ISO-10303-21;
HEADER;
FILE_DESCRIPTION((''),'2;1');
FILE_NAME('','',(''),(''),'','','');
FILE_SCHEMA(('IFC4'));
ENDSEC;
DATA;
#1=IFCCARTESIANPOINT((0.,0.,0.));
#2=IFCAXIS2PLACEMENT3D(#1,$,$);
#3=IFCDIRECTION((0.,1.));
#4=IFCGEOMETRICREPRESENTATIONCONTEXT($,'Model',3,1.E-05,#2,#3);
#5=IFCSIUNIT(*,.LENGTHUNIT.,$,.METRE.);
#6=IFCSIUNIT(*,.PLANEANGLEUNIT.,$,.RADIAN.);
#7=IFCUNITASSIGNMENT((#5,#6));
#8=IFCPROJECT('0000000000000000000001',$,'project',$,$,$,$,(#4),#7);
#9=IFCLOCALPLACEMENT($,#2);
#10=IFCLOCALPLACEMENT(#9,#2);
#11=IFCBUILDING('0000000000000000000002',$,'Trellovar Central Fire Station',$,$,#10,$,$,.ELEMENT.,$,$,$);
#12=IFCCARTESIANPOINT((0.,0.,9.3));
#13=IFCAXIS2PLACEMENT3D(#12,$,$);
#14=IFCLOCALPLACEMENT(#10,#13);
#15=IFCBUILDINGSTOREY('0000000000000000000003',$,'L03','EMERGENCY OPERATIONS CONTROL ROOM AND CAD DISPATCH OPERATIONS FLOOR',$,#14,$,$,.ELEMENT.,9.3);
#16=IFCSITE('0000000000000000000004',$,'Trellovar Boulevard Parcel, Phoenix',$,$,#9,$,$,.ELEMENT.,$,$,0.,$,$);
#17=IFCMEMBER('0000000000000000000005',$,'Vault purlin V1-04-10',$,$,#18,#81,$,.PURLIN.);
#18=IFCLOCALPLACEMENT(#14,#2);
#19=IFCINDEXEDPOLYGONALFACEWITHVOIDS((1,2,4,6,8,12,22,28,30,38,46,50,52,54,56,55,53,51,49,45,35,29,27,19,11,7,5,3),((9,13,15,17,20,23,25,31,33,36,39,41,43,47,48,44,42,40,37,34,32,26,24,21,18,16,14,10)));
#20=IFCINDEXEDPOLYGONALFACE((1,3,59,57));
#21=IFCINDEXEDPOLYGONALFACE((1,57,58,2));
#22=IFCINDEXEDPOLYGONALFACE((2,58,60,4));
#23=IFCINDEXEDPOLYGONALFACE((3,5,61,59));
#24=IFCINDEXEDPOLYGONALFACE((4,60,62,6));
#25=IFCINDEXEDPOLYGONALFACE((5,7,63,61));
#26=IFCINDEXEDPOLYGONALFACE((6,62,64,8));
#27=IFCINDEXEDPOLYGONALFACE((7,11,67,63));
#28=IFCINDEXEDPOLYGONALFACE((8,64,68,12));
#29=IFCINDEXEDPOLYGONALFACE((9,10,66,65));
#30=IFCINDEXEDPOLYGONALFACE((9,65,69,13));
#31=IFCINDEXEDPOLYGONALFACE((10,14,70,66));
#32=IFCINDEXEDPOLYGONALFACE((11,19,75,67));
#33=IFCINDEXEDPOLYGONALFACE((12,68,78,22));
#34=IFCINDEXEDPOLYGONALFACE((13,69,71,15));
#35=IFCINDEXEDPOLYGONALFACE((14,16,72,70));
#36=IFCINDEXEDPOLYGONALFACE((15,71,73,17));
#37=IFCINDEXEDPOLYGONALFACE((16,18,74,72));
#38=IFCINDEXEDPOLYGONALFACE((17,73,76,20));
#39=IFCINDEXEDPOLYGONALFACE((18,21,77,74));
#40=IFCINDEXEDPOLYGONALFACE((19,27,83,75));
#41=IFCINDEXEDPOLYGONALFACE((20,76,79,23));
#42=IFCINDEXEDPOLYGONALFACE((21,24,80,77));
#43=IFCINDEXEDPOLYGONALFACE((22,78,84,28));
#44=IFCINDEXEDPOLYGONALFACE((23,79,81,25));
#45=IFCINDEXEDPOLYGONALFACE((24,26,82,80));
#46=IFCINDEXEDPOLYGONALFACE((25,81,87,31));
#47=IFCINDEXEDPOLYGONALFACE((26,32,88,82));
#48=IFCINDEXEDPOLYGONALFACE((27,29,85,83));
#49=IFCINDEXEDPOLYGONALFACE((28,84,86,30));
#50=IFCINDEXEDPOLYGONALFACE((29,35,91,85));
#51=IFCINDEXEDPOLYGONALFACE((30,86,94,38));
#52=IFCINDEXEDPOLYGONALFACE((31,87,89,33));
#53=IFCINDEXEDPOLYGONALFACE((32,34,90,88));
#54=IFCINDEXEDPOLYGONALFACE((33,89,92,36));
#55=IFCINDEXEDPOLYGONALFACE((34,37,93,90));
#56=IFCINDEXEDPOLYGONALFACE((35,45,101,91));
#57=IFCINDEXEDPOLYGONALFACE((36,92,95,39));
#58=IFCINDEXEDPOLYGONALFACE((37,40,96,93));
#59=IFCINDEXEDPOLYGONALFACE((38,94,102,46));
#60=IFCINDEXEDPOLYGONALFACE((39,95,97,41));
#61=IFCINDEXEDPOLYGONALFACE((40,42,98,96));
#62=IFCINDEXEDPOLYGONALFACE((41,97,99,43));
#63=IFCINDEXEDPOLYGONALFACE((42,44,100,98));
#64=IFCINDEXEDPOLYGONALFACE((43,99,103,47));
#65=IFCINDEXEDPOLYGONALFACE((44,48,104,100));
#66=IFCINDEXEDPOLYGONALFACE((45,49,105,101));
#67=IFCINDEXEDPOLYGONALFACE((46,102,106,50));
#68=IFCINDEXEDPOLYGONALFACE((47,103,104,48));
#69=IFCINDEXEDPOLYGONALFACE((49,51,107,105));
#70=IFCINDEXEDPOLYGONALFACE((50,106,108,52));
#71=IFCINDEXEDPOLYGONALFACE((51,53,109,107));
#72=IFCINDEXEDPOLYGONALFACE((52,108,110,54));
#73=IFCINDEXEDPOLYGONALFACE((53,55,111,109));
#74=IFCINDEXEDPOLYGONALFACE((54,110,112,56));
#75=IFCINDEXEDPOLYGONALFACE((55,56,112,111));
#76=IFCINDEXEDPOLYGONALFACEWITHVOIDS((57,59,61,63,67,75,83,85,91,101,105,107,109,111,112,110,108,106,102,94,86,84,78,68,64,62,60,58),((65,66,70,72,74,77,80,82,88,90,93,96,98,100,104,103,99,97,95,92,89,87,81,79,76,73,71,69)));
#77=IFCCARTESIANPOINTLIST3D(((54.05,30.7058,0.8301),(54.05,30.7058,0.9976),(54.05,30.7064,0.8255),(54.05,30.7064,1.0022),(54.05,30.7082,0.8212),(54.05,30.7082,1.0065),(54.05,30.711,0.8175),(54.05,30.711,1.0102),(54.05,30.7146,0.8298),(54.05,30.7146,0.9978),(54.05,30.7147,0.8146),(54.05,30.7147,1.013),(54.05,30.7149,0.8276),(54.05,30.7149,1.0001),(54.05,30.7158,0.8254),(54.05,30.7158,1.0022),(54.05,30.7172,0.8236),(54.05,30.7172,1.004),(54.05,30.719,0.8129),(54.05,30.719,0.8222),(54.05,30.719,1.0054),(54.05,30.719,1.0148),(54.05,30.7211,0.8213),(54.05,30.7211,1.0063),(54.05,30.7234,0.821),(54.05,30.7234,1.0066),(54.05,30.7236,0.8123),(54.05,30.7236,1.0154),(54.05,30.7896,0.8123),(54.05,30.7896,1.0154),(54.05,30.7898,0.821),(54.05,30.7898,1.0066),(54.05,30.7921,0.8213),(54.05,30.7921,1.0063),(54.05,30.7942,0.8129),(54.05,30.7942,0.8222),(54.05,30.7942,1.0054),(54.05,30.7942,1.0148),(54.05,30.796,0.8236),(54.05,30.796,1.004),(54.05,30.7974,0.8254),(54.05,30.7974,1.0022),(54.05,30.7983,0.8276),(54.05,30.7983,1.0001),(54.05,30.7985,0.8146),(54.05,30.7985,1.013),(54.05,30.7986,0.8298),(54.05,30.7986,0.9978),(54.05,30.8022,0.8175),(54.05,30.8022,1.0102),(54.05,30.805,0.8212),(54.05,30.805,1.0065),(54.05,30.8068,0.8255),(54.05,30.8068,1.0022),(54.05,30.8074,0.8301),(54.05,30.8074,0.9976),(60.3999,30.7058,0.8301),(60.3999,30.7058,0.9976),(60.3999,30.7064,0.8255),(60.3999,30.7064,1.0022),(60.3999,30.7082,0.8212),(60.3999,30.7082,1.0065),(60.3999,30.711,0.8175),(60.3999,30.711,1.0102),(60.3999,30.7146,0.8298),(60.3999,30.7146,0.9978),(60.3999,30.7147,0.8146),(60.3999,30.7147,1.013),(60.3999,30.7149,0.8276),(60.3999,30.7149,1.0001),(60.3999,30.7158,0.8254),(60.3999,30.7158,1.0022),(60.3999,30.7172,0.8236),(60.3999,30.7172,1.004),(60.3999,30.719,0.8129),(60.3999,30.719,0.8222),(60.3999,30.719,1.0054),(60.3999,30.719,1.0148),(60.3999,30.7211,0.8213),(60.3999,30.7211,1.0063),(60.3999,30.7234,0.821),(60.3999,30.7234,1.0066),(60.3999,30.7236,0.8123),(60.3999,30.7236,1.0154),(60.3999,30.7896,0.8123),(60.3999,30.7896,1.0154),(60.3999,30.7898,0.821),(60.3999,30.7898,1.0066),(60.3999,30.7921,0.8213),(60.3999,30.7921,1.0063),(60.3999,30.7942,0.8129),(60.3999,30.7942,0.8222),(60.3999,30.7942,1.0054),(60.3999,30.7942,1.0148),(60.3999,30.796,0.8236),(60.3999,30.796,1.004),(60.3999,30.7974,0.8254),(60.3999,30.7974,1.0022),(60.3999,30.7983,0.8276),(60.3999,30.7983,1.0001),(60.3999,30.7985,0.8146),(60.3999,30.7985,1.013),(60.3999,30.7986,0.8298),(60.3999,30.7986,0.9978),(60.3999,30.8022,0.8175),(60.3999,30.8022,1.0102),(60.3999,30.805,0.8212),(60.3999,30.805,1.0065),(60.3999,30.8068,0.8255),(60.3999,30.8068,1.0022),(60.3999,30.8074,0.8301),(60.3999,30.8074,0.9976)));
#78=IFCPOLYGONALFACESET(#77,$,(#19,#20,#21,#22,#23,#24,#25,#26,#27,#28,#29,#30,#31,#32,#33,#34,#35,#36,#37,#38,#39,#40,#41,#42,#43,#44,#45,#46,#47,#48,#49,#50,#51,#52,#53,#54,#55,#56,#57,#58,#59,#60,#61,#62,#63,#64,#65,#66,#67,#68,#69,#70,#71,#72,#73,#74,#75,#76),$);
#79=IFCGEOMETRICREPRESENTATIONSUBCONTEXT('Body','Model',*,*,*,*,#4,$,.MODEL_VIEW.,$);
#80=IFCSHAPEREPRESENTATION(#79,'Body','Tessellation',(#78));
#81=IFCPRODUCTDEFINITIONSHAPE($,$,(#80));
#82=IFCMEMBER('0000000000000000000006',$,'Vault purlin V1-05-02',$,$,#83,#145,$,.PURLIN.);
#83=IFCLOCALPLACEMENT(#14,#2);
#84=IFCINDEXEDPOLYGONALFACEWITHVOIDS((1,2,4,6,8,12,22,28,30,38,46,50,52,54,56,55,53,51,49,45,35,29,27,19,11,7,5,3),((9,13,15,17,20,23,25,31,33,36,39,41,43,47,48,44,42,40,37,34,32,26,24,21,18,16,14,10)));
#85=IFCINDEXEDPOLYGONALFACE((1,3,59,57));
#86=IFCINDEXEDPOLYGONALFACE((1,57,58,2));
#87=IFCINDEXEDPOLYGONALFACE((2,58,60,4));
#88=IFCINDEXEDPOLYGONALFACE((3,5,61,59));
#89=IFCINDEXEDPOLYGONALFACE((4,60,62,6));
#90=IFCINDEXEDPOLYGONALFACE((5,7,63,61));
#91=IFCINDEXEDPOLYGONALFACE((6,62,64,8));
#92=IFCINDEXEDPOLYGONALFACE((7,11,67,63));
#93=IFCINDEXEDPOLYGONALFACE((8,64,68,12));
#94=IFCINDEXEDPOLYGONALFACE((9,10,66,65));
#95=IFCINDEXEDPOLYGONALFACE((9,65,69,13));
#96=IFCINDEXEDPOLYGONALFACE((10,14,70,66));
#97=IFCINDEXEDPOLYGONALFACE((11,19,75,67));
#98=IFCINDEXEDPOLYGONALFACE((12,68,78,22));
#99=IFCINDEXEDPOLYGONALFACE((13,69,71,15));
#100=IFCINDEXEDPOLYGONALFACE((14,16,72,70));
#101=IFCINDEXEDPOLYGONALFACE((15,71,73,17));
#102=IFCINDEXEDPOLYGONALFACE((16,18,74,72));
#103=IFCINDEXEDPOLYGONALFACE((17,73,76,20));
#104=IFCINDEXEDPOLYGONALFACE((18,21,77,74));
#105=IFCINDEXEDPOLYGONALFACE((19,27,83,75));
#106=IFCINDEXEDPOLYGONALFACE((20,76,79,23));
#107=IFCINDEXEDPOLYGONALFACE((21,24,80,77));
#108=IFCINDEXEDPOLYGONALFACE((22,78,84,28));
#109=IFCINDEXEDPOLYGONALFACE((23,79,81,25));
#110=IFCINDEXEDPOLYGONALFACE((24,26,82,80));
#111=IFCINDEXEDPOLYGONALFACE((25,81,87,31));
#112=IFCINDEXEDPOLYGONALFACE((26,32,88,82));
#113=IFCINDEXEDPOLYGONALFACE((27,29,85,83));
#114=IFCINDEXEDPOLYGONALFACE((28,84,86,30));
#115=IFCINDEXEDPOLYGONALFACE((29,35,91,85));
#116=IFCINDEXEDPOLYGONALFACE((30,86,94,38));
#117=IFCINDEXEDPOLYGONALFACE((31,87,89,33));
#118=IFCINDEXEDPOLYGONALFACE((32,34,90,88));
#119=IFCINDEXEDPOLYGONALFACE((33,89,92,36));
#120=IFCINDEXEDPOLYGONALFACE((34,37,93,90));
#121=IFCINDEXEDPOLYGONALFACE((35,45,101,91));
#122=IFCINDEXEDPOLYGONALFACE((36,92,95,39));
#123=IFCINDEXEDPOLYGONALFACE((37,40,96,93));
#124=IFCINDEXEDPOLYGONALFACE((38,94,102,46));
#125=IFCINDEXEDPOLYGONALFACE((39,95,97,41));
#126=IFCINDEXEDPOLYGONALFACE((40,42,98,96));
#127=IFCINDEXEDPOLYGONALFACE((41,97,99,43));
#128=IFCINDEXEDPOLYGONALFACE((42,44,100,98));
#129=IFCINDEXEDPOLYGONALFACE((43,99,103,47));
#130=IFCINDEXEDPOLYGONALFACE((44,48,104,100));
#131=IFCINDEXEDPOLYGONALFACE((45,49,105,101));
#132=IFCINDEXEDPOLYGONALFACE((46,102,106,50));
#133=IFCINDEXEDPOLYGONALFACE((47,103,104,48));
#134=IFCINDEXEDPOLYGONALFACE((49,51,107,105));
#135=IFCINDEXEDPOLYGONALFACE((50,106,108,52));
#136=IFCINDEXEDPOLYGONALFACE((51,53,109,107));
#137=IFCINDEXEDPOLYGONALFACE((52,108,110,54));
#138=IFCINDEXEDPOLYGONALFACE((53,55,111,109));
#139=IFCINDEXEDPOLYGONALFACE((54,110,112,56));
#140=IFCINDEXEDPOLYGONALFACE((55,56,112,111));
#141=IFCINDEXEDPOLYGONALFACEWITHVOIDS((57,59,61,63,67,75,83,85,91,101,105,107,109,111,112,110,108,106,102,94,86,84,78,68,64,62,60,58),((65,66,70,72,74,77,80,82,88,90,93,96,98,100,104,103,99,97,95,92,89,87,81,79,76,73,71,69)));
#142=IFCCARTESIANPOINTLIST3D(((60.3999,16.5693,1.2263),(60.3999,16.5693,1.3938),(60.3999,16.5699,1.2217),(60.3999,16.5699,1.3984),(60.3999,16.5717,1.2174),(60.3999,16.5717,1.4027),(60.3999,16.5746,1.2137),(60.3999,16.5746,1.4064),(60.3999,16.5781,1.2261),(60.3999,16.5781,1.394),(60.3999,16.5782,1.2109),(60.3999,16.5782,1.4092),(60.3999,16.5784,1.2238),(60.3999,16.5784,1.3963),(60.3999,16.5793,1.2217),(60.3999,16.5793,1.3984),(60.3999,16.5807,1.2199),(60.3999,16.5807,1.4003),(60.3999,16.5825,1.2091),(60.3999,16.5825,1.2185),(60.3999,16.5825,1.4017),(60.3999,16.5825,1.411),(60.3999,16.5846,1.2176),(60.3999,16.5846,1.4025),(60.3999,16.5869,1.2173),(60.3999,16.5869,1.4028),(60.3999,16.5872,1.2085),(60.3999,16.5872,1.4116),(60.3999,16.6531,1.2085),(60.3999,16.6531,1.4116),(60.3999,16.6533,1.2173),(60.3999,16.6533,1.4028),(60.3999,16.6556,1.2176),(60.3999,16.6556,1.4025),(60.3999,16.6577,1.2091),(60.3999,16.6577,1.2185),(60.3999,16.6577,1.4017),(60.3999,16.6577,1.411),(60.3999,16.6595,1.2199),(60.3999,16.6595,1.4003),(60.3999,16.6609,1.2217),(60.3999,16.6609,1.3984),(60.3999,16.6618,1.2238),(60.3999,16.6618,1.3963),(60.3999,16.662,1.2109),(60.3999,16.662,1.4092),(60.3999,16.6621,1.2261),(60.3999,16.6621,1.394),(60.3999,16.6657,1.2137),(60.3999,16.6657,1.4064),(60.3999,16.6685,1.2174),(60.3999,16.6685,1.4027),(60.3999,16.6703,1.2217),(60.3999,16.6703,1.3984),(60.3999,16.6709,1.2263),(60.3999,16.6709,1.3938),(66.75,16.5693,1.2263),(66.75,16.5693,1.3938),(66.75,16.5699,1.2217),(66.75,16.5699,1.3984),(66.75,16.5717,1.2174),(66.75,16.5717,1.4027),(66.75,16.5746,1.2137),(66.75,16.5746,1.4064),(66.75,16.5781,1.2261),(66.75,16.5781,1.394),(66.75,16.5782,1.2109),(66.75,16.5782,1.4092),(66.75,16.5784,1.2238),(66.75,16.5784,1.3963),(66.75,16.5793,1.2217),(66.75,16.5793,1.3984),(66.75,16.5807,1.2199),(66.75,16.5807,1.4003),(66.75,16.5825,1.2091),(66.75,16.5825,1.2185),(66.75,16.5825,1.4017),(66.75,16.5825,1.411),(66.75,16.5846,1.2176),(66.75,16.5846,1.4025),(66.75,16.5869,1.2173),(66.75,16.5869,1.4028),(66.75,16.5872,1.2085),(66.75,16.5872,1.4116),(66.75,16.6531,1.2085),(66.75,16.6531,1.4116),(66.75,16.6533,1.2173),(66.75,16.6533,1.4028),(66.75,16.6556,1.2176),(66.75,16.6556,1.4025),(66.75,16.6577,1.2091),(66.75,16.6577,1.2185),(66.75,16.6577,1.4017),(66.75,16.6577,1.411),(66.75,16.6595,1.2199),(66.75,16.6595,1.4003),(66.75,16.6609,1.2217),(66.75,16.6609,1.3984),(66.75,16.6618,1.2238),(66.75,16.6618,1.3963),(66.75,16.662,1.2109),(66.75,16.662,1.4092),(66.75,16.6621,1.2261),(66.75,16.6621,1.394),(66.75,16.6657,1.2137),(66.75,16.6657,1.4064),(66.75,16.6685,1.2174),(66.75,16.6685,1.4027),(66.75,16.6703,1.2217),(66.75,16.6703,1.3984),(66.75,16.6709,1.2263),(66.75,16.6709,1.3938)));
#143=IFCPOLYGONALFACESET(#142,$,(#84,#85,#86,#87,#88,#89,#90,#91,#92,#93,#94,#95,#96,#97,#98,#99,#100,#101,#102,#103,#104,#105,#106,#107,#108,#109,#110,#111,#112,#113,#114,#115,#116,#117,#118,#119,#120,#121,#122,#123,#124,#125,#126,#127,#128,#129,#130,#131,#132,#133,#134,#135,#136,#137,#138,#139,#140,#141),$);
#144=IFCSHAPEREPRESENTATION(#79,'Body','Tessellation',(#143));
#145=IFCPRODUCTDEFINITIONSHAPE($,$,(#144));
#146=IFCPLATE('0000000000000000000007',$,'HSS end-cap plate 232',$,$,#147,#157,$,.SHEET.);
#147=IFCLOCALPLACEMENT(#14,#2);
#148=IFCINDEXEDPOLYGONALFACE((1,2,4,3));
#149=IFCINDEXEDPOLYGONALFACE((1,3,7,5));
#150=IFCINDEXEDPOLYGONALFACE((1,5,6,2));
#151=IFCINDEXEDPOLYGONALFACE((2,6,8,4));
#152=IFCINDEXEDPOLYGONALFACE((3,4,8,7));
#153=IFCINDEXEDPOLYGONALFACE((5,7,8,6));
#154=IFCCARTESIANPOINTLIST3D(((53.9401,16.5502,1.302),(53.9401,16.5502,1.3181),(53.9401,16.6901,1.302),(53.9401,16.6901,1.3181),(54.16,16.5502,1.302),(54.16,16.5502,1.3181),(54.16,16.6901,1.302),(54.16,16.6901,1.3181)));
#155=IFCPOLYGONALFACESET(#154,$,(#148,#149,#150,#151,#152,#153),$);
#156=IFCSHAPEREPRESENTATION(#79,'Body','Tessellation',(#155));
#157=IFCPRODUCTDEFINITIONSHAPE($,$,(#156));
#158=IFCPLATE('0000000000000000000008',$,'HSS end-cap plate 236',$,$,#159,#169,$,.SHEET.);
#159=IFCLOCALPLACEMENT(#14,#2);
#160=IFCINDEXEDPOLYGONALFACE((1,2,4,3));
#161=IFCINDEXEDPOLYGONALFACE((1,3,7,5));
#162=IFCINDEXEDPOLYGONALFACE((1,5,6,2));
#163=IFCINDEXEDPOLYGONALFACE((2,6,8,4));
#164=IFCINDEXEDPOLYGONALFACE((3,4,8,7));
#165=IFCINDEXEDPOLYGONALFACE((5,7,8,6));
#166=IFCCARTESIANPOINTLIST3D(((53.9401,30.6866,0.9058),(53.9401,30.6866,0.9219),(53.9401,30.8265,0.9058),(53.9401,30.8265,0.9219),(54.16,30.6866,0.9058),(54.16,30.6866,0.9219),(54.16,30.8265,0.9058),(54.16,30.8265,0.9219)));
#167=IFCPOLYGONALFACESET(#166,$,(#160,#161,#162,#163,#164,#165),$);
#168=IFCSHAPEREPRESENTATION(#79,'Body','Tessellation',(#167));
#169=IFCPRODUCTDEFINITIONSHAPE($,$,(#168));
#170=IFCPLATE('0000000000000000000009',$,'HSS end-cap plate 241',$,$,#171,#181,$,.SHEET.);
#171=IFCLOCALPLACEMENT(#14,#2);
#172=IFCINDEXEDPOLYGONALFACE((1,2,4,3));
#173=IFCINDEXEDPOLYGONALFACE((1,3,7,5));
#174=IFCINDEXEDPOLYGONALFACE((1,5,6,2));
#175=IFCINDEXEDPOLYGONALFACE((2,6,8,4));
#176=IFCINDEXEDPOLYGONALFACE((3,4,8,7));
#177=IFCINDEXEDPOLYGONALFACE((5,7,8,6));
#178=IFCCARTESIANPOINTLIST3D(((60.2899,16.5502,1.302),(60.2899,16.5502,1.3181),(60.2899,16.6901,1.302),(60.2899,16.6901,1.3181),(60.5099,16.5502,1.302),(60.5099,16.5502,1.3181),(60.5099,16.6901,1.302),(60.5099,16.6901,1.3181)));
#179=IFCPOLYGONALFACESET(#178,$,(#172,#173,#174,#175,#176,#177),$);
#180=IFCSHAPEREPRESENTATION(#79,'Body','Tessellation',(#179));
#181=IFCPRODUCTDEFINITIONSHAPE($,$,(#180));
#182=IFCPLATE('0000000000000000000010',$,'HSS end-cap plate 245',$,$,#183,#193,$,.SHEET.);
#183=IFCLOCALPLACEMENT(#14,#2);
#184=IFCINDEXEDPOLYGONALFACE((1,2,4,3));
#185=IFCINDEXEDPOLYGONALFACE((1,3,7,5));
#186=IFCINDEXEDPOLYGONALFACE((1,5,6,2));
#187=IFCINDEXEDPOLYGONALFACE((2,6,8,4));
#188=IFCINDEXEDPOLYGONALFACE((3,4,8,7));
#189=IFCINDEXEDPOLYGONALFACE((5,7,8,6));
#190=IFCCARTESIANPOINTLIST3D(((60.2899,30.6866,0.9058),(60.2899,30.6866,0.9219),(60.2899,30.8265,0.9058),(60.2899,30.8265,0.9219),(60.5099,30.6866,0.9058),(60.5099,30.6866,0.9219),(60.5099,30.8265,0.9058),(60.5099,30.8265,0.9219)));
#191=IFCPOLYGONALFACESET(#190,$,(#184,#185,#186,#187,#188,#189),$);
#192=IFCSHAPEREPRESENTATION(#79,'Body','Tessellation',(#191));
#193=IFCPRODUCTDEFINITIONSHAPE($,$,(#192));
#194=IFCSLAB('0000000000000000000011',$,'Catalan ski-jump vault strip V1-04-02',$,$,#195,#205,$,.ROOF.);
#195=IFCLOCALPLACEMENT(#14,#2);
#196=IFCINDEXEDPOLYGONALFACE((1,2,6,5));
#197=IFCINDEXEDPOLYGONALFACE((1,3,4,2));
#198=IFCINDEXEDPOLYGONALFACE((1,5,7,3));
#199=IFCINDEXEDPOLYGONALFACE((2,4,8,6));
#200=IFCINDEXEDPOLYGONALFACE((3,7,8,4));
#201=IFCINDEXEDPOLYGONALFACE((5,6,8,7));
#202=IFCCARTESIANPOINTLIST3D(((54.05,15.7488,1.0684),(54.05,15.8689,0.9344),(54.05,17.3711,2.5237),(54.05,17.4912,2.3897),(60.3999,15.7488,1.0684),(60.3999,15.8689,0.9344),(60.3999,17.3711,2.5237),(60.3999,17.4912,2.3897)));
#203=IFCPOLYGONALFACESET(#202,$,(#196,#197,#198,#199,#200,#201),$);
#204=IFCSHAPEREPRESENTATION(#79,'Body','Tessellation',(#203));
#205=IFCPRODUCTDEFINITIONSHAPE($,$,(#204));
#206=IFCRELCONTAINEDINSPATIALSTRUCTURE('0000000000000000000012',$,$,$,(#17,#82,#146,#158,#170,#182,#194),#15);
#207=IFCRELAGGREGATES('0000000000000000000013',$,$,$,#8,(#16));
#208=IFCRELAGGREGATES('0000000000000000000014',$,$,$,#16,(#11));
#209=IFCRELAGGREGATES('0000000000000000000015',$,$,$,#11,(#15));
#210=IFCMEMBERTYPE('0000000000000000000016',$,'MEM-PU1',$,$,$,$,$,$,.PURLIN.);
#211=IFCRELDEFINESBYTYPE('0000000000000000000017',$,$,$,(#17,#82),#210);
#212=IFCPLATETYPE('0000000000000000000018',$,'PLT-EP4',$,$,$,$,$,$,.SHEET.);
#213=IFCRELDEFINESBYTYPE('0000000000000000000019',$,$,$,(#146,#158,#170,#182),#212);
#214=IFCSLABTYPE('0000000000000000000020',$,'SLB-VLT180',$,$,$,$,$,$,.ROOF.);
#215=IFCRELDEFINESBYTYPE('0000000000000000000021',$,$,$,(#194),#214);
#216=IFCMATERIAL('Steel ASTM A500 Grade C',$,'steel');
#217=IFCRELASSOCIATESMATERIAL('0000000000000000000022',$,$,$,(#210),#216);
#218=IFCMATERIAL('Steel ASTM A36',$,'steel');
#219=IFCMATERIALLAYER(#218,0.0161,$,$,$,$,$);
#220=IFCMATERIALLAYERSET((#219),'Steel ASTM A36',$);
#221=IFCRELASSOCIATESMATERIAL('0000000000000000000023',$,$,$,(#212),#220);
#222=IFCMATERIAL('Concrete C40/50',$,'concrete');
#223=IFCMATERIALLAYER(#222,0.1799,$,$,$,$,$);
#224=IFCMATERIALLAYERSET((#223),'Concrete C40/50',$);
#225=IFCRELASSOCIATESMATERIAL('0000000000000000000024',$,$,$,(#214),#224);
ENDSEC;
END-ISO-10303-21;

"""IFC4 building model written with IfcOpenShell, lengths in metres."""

from ifc_helpers import new_model, si_unit, direction, frame, origin, origin_2d, place, context, subcontext, project, spatial, polyline, rectangle, hollow_rectangle, outline, extrude, material, layer, layer_set, material_profile, profile_set, type_object, element, save


model = new_model("IFC4")

# Units and contexts
model_context = context("Model", 3, precision=1e-05, world=origin(), true_north=direction((0.0, 1.0)))
body_context = subcontext(model_context, "Body", "Model", "MODEL_VIEW")
ifc_project = project(units=[si_unit("LENGTHUNIT", "METRE"), si_unit("PLANEANGLEUNIT", "RADIAN")], contexts=[model_context])

# Site, building, storey
site_placement = place(None, origin())
site = spatial("IfcSite", under=ifc_project, at=site_placement, Name="Trellovar Boulevard Parcel, Phoenix", CompositionType="ELEMENT", RefElevation=0.0)
building_placement = place(site_placement, origin())
building = spatial("IfcBuilding", under=site, at=building_placement, Name="Trellovar Central Fire Station", CompositionType="ELEMENT")
storey_placement = place(building_placement, frame((0.0, 0.0, 9.3)))
storey = spatial("IfcBuildingStorey", under=building, at=storey_placement, Name="L03", Description="EMERGENCY OPERATIONS CONTROL ROOM AND CAD DISPATCH OPERATIONS FLOOR", CompositionType="ELEMENT", Elevation=9.3)

# Members
ifc_material_1 = material(Name="Steel ASTM A500 Grade C", Category="steel")
ifc_material_profile_1 = material_profile(ifc_material_1, hollow_rectangle(XDim=0.1016, YDim=0.2031, WallThickness=0.0088, InnerFilletRadius=0.0088, OuterFilletRadius=0.0178, at=origin_2d()), Name="HSS8X4X3/8")
ifc_profile_set_1 = profile_set([ifc_material_profile_1], Name="Steel ASTM A500 Grade C")
member_type_1 = type_object("IfcMemberType", Name="MEM-PU1", PredefinedType="PURLIN", material=ifc_profile_set_1)
for number, where, z_axis, x_axis, name in (
    (1, (54.05, 30.7566, 0.9138), (1.0, 0.0, 0.0), (0.0, 1.0, 0.0), "Vault purlin V1-04-10"),
):
    element("IfcMember", number, at=place(storey_placement, frame(where, z_axis=z_axis, x_axis=x_axis)), inside=storey, type_object=member_type_1, Name=name, PredefinedType="PURLIN", context=body_context, shape_type="SweptSolid", body=[
        extrude(hollow_rectangle(XDim=0.1016, YDim=0.2031, WallThickness=0.0088, InnerFilletRadius=0.0088, OuterFilletRadius=0.0178, at=origin_2d()), origin(), (0.0, 0.0, 1.0), 6.3499),
    ])
member_1_placement = place(storey_placement, frame((60.3999, 16.6201, 1.3101), z_axis=(1.0, 0.0, 0.0), x_axis=(0.0, 1.0, 0.0)))
element("IfcMember", 2, at=member_1_placement, inside=storey, type_object=member_type_1, Name="Vault purlin V1-05-02", PredefinedType="PURLIN", context=body_context, shape_type="SweptSolid", body=[
    extrude(hollow_rectangle(XDim=0.1016, YDim=0.2031, WallThickness=0.0088, InnerFilletRadius=0.0088, OuterFilletRadius=0.0178, at=origin_2d()), origin(), (0.0, 0.0, 1.0), 6.3501),
])

# Plates
ifc_material_2 = material(Name="Steel ASTM A36", Category="steel")
ifc_layer_1 = layer(ifc_material_2, 0.0161)
ifc_layer_set_1 = layer_set([ifc_layer_1], Name="Steel ASTM A36")
plate_type = type_object("IfcPlateType", Name="PLT-EP4", PredefinedType="SHEET", material=ifc_layer_set_1)
for number, where, z_axis, x_axis, name in (
    (3, (54.05, 16.6201, 1.302), (0.0, 0.0, 1.0), (1.0, 0.0, 0.0), "HSS end-cap plate 232"),
    (4, (54.05, 30.7566, 0.9058), (0.0, 0.0, 1.0), (1.0, 0.0, 0.0), "HSS end-cap plate 236"),
    (5, (60.3999, 16.6201, 1.302), (0.0, 0.0, 1.0), (1.0, 0.0, 0.0), "HSS end-cap plate 241"),
    (6, (60.3999, 30.7566, 0.9058), (0.0, 0.0, 1.0), (1.0, 0.0, 0.0), "HSS end-cap plate 245"),
):
    element("IfcPlate", number, at=place(storey_placement, frame(where, z_axis=z_axis, x_axis=x_axis)), inside=storey, type_object=plate_type, Name=name, PredefinedType="SHEET", context=body_context, shape_type="SweptSolid", body=[
        extrude(rectangle(XDim=0.22, YDim=0.1399, at=origin_2d()), origin(), (0.0, 0.0, 1.0), 0.0161),
    ])

# Slab
ifc_material_3 = material(Name="Concrete C40/50", Category="concrete")
ifc_layer_2 = layer(ifc_material_3, 0.1799)
ifc_layer_set_2 = layer_set([ifc_layer_2], Name="Concrete C40/50")
slab_type = type_object("IfcSlabType", Name="SLB-VLT180", PredefinedType="ROOF", material=ifc_layer_set_2)
slab_1_placement = place(storey_placement, frame((54.05, 15.7488, 1.0684), z_axis=(0.0, -0.667757, 0.744379), x_axis=(1.0, 0.0, 0.0)))
element("IfcSlab", 7, at=slab_1_placement, inside=storey, type_object=slab_type, Name="Catalan ski-jump vault strip V1-04-02", PredefinedType="ROOF", context=body_context, shape_type="SweptSolid", body=[
    extrude(outline(polyline([(0.0, 0.0), (6.3499, 0.0), (6.3499, 2.1794), (0.0, 2.1794), (0.0, 0.0)])), origin(), (0.0, 0.0, -1.0), 0.1799),
])

save(model, "model.ifc")
